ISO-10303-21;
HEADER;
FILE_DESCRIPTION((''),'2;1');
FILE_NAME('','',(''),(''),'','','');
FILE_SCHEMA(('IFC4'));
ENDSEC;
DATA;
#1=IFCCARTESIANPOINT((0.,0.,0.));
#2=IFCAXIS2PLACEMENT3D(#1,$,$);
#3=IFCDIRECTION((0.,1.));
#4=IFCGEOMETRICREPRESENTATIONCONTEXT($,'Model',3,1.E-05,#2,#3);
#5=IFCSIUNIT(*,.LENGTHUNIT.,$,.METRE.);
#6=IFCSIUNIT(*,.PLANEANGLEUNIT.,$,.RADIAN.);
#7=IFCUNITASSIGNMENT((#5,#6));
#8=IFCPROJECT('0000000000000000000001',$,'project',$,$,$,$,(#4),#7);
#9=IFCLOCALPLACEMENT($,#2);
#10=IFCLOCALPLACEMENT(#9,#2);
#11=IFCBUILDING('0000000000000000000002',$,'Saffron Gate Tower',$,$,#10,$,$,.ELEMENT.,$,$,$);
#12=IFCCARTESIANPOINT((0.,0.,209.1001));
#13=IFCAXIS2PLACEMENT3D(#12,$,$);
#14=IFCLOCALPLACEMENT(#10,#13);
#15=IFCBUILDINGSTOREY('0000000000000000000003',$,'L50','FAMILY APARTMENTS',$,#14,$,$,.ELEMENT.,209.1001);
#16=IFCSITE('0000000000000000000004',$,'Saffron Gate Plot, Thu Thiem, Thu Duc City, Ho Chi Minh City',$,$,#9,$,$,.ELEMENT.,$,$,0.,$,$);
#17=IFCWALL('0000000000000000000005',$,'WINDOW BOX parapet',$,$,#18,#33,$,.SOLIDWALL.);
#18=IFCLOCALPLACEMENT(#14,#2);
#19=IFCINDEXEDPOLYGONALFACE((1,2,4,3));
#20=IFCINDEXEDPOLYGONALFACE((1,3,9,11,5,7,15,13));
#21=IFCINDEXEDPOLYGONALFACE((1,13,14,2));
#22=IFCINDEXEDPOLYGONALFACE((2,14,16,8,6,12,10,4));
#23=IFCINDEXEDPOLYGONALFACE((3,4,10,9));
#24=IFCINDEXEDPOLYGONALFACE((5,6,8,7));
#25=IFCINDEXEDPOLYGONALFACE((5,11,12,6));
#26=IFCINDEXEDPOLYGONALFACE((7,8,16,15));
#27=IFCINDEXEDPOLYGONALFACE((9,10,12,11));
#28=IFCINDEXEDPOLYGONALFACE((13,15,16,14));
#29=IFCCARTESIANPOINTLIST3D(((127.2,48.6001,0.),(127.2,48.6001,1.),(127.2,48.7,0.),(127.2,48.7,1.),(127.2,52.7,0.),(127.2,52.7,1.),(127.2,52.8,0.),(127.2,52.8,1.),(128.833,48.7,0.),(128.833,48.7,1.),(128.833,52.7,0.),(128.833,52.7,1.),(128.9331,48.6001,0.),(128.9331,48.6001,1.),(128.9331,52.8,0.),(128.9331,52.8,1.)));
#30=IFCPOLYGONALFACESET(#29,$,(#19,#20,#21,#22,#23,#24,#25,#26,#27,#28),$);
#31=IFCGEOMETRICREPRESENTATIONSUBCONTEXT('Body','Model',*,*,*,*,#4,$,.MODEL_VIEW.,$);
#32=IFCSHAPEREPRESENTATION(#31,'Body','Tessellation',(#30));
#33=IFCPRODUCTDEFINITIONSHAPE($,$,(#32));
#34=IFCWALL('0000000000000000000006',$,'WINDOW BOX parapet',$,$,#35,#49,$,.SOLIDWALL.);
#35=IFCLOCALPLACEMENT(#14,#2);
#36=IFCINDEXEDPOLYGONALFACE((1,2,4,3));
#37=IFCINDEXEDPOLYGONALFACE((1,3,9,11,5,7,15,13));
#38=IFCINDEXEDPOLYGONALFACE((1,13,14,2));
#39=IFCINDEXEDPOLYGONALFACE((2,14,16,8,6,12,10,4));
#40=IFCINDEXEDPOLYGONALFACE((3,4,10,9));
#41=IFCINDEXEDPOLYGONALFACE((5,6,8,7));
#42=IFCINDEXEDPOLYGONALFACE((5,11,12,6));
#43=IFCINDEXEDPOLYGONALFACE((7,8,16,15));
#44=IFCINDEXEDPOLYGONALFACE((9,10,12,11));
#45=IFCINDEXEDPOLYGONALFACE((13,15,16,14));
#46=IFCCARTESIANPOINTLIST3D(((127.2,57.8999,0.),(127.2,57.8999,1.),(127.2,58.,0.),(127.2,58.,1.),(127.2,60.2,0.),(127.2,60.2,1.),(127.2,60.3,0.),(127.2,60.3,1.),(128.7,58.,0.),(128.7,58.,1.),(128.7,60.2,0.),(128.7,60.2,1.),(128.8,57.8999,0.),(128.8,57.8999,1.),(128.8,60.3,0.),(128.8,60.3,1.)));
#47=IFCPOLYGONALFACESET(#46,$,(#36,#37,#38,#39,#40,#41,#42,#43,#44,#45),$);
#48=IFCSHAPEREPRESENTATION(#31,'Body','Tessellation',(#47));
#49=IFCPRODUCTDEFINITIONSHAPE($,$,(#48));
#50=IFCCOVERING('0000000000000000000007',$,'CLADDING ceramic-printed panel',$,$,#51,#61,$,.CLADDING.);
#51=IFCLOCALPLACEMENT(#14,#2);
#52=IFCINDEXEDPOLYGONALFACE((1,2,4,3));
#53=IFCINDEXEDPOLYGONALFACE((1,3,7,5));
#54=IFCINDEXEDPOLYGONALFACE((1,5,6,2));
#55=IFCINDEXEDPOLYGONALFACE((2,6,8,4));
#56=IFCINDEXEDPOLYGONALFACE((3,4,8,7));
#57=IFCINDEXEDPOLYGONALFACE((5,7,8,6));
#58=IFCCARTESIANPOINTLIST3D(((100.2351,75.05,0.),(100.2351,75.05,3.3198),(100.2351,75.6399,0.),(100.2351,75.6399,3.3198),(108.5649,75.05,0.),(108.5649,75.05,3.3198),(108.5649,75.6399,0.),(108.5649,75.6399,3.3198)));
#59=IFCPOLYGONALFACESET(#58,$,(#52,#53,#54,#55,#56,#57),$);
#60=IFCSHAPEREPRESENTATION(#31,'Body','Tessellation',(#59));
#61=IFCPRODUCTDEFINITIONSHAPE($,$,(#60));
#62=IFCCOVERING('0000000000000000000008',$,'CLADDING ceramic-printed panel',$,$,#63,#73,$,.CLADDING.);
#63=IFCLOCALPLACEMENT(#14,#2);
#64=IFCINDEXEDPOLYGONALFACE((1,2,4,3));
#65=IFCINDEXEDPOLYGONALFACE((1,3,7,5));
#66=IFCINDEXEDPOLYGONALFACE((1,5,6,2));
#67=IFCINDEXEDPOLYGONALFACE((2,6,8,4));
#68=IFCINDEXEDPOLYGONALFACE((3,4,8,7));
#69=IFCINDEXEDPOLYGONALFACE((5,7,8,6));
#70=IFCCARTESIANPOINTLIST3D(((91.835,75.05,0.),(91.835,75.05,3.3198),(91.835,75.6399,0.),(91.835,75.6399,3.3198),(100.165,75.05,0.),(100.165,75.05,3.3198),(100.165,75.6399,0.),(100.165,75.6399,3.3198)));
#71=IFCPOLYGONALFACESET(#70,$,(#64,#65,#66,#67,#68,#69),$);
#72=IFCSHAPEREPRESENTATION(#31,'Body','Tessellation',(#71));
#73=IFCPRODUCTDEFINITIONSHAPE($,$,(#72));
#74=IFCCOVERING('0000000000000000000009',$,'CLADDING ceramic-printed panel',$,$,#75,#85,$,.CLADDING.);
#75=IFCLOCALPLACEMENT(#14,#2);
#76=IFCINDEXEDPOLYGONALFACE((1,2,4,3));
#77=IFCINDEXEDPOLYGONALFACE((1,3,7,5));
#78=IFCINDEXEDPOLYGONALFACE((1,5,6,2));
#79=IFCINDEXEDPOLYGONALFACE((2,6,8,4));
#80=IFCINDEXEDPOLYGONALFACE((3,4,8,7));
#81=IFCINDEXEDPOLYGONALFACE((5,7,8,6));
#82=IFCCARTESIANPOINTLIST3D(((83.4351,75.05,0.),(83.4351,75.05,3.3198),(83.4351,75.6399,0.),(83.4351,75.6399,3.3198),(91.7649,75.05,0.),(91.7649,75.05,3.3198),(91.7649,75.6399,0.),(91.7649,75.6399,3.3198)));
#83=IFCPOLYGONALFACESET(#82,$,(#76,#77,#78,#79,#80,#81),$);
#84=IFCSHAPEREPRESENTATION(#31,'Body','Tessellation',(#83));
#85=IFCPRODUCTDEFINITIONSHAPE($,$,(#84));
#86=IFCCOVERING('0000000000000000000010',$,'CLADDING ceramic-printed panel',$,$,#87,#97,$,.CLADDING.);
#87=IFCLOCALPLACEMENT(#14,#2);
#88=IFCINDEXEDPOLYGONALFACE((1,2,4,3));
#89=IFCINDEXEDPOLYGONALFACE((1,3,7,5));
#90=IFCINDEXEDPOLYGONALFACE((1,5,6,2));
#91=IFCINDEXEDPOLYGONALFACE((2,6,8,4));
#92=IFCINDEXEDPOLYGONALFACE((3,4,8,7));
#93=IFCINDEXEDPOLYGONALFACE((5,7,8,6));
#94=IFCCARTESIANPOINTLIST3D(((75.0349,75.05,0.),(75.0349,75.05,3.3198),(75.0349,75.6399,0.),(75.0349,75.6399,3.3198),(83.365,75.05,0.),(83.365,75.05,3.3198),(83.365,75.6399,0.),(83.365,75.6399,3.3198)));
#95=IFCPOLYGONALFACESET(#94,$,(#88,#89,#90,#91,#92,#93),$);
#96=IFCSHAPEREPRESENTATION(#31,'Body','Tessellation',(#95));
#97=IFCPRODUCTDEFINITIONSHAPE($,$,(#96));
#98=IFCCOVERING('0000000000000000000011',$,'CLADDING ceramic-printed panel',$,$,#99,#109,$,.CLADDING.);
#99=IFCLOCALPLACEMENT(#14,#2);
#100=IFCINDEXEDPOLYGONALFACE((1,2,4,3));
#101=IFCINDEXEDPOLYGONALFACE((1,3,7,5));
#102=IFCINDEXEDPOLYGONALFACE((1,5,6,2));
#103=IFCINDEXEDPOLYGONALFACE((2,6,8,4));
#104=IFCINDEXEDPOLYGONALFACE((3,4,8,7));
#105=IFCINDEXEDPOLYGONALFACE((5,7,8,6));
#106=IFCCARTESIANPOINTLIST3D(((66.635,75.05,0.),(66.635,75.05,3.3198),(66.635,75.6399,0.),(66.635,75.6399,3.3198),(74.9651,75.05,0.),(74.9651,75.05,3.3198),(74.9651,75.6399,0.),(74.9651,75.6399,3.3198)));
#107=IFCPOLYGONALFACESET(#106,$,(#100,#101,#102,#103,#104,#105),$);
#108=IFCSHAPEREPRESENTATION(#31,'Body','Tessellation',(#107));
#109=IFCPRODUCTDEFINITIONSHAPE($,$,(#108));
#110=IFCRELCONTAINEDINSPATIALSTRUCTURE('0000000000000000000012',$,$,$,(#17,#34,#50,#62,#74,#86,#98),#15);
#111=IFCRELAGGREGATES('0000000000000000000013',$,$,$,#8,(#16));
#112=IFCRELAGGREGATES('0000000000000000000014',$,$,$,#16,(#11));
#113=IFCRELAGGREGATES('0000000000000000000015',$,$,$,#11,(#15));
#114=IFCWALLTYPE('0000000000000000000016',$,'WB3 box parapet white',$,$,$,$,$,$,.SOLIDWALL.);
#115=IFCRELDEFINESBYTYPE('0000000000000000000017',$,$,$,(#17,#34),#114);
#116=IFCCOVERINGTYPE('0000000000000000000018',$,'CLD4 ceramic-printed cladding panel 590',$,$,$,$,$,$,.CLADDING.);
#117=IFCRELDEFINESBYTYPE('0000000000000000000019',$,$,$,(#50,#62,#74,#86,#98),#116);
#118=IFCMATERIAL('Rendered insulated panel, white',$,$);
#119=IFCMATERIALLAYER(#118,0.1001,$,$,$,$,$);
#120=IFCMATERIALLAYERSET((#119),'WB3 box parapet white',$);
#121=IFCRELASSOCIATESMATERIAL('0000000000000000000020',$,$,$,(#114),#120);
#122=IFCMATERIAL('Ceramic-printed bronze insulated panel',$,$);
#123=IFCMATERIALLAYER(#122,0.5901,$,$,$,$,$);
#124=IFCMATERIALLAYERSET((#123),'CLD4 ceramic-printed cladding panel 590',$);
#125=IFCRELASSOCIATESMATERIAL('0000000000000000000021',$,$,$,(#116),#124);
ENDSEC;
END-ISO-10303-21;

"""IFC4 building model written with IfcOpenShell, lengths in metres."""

from ifc_helpers import new_model, si_unit, direction, frame, origin, place, context, subcontext, project, spatial, polyline, outline, extrude, material, layer, layer_set, type_object, element, save


model = new_model("IFC4")

# Units and contexts
model_context = context("Model", 3, precision=1e-05, world=origin(), true_north=direction((0.0, 1.0)))
body_context = subcontext(model_context, "Body", "Model", "MODEL_VIEW")
ifc_project = project(units=[si_unit("LENGTHUNIT", "METRE"), si_unit("PLANEANGLEUNIT", "RADIAN")], contexts=[model_context])

# Site, building, storey
site_placement = place(None, origin())
site = spatial("IfcSite", under=ifc_project, at=site_placement, Name="Saffron Gate Plot, Thu Thiem, Thu Duc City, Ho Chi Minh City", CompositionType="ELEMENT", RefElevation=0.0)
building_placement = place(site_placement, origin())
building = spatial("IfcBuilding", under=site, at=building_placement, Name="Saffron Gate Tower", CompositionType="ELEMENT")
storey_placement = place(building_placement, frame((0.0, 0.0, 209.1001)))
storey = spatial("IfcBuildingStorey", under=building, at=storey_placement, Name="L50", Description="FAMILY APARTMENTS", CompositionType="ELEMENT", Elevation=209.1001)

# Walls
ifc_material_1 = material(Name="Rendered insulated panel, white")
ifc_layer_1 = layer(ifc_material_1, 0.1001)
ifc_layer_set_1 = layer_set([ifc_layer_1], Name="WB3 box parapet white")
wall_type = type_object("IfcWallType", Name="WB3 box parapet white", PredefinedType="SOLIDWALL", material=ifc_layer_set_1)
wall_1_placement = place(storey_placement, origin())
element("IfcWall", 1, at=wall_1_placement, inside=storey, type_object=wall_type, Name="WINDOW BOX parapet", PredefinedType="SOLIDWALL", context=body_context, shape_type="SweptSolid", body=[
    extrude(outline(polyline([(127.2, 48.6001), (127.2, 48.7), (128.833, 48.7), (128.833, 52.7), (127.2, 52.7), (127.2, 52.8), (128.9331, 52.8), (128.9331, 48.6001), (127.2, 48.6001)])), origin(), (0.0, 0.0, 1.0), 1.0),
])
wall_2_placement = place(storey_placement, origin())
element("IfcWall", 2, at=wall_2_placement, inside=storey, type_object=wall_type, Name="WINDOW BOX parapet", PredefinedType="SOLIDWALL", context=body_context, shape_type="SweptSolid", body=[
    extrude(outline(polyline([(127.2, 57.8999), (127.2, 58.0), (128.7, 58.0), (128.7, 60.2), (127.2, 60.2), (127.2, 60.3), (128.8, 60.3), (128.8, 57.8999), (127.2, 57.8999)])), origin(), (0.0, 0.0, 1.0), 1.0),
])

# Coverings
ifc_material_2 = material(Name="Ceramic-printed bronze insulated panel")
ifc_layer_2 = layer(ifc_material_2, 0.5901)
ifc_layer_set_2 = layer_set([ifc_layer_2], Name="CLD4 ceramic-printed cladding panel 590")
covering_type = type_object("IfcCoveringType", Name="CLD4 ceramic-printed cladding panel 590", PredefinedType="CLADDING", material=ifc_layer_set_2)
covering_1_placement = place(storey_placement, origin())
element("IfcCovering", 3, at=covering_1_placement, inside=storey, type_object=covering_type, Name="CLADDING ceramic-printed panel", PredefinedType="CLADDING", context=body_context, shape_type="SweptSolid", body=[
    extrude(outline(polyline([(108.5649, 75.6399), (100.2351, 75.6399), (100.2351, 75.05), (108.5649, 75.05), (108.5649, 75.6399)])), origin(), (0.0, 0.0, 1.0), 3.3198),
])
covering_2_placement = place(storey_placement, origin())
element("IfcCovering", 4, at=covering_2_placement, inside=storey, type_object=covering_type, Name="CLADDING ceramic-printed panel", PredefinedType="CLADDING", context=body_context, shape_type="SweptSolid", body=[
    extrude(outline(polyline([(100.165, 75.6399), (91.835, 75.6399), (91.835, 75.05), (100.165, 75.05), (100.165, 75.6399)])), origin(), (0.0, 0.0, 1.0), 3.3198),
])
covering_3_placement = place(storey_placement, origin())
element("IfcCovering", 5, at=covering_3_placement, inside=storey, type_object=covering_type, Name="CLADDING ceramic-printed panel", PredefinedType="CLADDING", context=body_context, shape_type="SweptSolid", body=[
    extrude(outline(polyline([(91.7649, 75.6399), (83.4351, 75.6399), (83.4351, 75.05), (91.7649, 75.05), (91.7649, 75.6399)])), origin(), (0.0, 0.0, 1.0), 3.3198),
])
covering_4_placement = place(storey_placement, origin())
element("IfcCovering", 6, at=covering_4_placement, inside=storey, type_object=covering_type, Name="CLADDING ceramic-printed panel", PredefinedType="CLADDING", context=body_context, shape_type="SweptSolid", body=[
    extrude(outline(polyline([(83.365, 75.6399), (75.0349, 75.6399), (75.0349, 75.05), (83.365, 75.05), (83.365, 75.6399)])), origin(), (0.0, 0.0, 1.0), 3.3198),
])
covering_5_placement = place(storey_placement, origin())
element("IfcCovering", 7, at=covering_5_placement, inside=storey, type_object=covering_type, Name="CLADDING ceramic-printed panel", PredefinedType="CLADDING", context=body_context, shape_type="SweptSolid", body=[
    extrude(outline(polyline([(74.9651, 75.6399), (66.635, 75.6399), (66.635, 75.05), (74.9651, 75.05), (74.9651, 75.6399)])), origin(), (0.0, 0.0, 1.0), 3.3198),
])

save(model, "model.ifc")
